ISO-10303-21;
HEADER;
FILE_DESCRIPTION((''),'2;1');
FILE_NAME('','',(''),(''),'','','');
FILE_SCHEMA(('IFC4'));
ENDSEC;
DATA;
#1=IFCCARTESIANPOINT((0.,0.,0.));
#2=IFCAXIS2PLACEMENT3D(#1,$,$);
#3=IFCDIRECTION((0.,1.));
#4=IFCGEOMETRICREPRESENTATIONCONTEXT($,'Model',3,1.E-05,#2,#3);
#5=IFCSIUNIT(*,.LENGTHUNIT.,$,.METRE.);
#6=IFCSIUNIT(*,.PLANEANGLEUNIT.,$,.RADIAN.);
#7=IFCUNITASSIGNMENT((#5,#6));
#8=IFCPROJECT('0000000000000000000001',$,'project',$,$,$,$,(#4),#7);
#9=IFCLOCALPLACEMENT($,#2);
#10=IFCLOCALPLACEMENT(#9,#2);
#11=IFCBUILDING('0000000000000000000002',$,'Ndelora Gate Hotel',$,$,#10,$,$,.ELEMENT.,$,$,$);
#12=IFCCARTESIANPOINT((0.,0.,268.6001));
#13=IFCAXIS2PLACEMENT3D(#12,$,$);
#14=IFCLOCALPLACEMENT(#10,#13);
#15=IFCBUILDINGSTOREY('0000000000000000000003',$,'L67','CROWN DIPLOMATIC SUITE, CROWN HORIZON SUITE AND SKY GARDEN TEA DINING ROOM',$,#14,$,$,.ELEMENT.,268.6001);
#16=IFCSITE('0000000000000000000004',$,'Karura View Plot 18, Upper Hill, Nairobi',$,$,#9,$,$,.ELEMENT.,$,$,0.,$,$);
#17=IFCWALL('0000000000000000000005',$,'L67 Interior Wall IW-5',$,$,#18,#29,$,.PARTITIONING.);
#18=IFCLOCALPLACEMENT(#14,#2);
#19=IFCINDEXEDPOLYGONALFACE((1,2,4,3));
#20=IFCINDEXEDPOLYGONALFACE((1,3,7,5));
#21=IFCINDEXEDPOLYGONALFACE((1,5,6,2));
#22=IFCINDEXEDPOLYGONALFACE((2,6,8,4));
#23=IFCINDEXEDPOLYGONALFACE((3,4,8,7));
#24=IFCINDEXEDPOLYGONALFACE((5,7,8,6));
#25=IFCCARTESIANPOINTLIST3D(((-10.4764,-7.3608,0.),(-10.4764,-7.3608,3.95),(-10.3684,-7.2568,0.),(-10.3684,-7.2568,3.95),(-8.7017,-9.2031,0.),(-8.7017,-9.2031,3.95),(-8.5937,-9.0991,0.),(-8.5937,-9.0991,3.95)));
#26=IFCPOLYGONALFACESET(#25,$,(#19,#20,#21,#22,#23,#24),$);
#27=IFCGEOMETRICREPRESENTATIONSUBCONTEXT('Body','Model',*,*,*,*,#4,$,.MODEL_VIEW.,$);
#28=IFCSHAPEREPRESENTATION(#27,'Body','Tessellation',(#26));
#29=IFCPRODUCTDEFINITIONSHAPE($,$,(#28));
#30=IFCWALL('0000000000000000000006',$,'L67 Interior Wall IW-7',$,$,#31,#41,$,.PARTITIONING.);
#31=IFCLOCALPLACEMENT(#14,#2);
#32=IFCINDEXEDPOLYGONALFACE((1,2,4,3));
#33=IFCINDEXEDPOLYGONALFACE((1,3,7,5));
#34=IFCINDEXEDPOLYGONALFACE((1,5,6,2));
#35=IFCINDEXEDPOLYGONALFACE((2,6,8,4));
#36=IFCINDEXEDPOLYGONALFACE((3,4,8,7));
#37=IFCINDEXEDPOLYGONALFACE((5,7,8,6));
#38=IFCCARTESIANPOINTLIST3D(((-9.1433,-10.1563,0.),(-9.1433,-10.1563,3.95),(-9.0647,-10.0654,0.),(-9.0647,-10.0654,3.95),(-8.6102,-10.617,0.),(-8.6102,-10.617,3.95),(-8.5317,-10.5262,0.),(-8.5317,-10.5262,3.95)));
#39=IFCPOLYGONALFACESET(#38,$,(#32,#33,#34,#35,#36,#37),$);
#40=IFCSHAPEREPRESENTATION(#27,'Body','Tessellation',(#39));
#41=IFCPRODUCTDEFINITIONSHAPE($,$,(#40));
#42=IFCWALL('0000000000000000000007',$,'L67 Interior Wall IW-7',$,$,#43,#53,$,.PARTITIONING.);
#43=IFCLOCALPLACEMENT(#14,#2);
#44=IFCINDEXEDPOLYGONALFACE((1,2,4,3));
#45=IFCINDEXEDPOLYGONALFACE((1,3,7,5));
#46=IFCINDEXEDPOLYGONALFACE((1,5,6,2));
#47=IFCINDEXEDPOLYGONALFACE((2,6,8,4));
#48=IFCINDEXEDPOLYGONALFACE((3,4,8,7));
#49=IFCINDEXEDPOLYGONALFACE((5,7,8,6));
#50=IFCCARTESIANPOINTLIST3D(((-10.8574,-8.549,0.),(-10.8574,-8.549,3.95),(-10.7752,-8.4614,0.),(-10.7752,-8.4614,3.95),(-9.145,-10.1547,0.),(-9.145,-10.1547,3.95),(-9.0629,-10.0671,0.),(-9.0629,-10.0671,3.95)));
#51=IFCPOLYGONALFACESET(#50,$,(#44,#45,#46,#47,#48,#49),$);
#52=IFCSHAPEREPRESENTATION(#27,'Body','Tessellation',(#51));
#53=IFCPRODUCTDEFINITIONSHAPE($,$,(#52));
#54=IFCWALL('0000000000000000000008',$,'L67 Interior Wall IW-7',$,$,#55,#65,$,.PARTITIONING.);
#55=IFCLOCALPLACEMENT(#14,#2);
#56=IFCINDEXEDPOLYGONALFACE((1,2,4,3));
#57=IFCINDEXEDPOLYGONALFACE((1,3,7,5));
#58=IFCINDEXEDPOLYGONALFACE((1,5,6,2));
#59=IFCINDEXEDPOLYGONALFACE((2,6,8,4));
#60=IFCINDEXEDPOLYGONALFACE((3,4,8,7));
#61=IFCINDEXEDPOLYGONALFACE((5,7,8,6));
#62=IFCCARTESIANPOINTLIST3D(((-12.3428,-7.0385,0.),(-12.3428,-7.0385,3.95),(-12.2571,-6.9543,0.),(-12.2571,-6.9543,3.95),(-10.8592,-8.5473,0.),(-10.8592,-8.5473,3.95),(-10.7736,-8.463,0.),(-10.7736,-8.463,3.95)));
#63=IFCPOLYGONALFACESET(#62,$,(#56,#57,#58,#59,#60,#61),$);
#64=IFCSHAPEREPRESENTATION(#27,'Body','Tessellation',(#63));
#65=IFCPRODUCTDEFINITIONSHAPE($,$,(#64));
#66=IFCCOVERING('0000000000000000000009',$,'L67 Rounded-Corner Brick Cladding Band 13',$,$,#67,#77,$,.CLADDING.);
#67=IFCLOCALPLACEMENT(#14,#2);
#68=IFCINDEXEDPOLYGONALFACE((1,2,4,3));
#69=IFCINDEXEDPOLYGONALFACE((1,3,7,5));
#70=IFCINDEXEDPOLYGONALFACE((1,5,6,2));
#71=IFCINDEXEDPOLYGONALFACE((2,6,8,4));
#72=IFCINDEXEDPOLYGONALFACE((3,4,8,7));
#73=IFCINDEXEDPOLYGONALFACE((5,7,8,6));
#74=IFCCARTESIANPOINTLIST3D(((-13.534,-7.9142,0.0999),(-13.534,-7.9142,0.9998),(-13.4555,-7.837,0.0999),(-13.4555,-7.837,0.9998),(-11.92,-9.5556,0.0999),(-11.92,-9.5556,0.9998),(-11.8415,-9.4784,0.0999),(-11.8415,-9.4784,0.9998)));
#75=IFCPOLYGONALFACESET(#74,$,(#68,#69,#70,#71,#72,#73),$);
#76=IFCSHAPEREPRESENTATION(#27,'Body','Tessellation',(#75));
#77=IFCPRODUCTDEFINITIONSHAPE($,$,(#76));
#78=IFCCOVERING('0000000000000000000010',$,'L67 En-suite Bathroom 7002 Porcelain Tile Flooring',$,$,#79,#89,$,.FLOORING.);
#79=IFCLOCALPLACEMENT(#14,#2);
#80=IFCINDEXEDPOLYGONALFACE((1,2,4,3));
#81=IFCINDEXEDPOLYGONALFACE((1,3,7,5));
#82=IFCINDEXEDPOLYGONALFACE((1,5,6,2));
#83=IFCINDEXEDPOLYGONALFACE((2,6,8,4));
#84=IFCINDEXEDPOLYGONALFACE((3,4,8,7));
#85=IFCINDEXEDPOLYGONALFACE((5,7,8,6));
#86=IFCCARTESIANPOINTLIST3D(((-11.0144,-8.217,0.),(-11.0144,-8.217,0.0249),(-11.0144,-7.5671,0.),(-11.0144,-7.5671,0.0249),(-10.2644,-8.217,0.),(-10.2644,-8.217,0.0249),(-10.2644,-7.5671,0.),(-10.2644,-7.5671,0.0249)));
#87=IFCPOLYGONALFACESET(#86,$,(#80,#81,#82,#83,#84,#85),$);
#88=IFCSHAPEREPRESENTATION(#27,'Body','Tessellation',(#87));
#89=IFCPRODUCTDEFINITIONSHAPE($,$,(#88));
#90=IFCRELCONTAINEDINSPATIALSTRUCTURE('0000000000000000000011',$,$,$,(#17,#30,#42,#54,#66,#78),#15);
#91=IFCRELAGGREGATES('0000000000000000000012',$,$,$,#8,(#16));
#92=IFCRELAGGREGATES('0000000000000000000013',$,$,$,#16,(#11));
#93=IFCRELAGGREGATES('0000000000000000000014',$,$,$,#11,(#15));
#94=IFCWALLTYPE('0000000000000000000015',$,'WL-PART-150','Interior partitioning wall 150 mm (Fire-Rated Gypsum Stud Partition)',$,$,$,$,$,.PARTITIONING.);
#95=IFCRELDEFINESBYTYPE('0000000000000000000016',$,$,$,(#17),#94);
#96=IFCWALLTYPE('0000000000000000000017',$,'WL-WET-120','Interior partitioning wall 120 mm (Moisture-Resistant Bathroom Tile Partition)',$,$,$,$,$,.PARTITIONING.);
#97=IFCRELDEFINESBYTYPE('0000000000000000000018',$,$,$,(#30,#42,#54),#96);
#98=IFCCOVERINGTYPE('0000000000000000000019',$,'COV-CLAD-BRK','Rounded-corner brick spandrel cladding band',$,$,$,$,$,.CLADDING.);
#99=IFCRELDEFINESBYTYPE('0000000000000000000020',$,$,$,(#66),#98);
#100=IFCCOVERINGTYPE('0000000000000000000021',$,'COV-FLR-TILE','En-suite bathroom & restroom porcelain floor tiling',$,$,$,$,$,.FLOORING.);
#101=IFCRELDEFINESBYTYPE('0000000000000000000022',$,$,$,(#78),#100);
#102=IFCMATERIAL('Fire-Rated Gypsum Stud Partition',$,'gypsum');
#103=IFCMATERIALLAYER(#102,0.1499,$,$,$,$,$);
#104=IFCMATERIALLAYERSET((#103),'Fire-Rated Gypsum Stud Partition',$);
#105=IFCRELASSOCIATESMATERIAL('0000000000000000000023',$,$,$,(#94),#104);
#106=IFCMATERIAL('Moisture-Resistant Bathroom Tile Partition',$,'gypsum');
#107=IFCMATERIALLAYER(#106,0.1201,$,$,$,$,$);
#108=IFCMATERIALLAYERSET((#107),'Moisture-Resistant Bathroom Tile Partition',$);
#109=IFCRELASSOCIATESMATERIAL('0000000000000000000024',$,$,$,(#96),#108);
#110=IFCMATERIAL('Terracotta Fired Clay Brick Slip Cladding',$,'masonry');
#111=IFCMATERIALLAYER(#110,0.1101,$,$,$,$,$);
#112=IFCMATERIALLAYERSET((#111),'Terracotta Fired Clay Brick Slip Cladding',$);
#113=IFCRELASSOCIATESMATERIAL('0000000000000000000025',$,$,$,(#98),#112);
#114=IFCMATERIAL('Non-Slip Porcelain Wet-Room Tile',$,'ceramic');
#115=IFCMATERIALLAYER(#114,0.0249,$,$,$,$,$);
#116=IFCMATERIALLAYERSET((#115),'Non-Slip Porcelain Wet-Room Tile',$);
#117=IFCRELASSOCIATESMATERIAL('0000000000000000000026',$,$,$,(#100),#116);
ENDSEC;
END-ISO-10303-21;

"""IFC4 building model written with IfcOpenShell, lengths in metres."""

from ifc_helpers import new_model, si_unit, direction, frame, frame_2d, origin, origin_2d, place, context, subcontext, project, spatial, rectangle, extrude, material, layer, layer_set, type_object, element, save


model = new_model("IFC4")

# Units and contexts
model_context = context("Model", 3, precision=1e-05, world=origin(), true_north=direction((0.0, 1.0)))
body_context = subcontext(model_context, "Body", "Model", "MODEL_VIEW")
ifc_project = project(units=[si_unit("LENGTHUNIT", "METRE"), si_unit("PLANEANGLEUNIT", "RADIAN")], contexts=[model_context])

# Site, building, storey
site_placement = place(None, origin())
site = spatial("IfcSite", under=ifc_project, at=site_placement, Name="Karura View Plot 18, Upper Hill, Nairobi", CompositionType="ELEMENT", RefElevation=0.0)
building_placement = place(site_placement, origin())
building = spatial("IfcBuilding", under=site, at=building_placement, Name="Ndelora Gate Hotel", CompositionType="ELEMENT")
storey_placement = place(building_placement, frame((0.0, 0.0, 268.6001)))
storey = spatial("IfcBuildingStorey", under=building, at=storey_placement, Name="L67", Description="CROWN DIPLOMATIC SUITE, CROWN HORIZON SUITE AND SKY GARDEN TEA DINING ROOM", CompositionType="ELEMENT", Elevation=268.6001)

# Shared definitions
ifc_material_1 = material(Name="Fire-Rated Gypsum Stud Partition", Category="gypsum")
ifc_layer_1 = layer(ifc_material_1, 0.1499)
ifc_layer_set_1 = layer_set([ifc_layer_1], Name="Fire-Rated Gypsum Stud Partition")
wall_type_1 = type_object("IfcWallType", Name="WL-PART-150", Description="Interior partitioning wall 150 mm (Fire-Rated Gypsum Stud Partition)", PredefinedType="PARTITIONING", material=ifc_layer_set_1)

# Walls
wall_1_placement = place(storey_placement, frame((-8.6477, -9.1511, 0.0), z_axis=(0.0, 0.0, 1.0), x_axis=(-0.693765, 0.720202, 0.0)))
element("IfcWall", 1, at=wall_1_placement, inside=storey, type_object=wall_type_1, Name="L67 Interior Wall IW-5", PredefinedType="PARTITIONING", context=body_context, shape_type="SweptSolid", body=[
    extrude(rectangle(XDim=2.5581, YDim=0.1499, at=frame_2d((1.2791, 0.0))), origin(), (0.0, 0.0, 1.0), 3.95),
])
ifc_material_2 = material(Name="Moisture-Resistant Bathroom Tile Partition", Category="gypsum")
ifc_layer_2 = layer(ifc_material_2, 0.1201)
ifc_layer_set_2 = layer_set([ifc_layer_2], Name="Moisture-Resistant Bathroom Tile Partition")
wall_type_2 = type_object("IfcWallType", Name="WL-WET-120", Description="Interior partitioning wall 120 mm (Moisture-Resistant Bathroom Tile Partition)", PredefinedType="PARTITIONING", material=ifc_layer_set_2)
wall_2_placement = place(storey_placement, frame((-9.104, -10.1108, 0.0), z_axis=(0.0, 0.0, 1.0), x_axis=(0.756535, -0.653954, 0.0)))
element("IfcWall", 2, at=wall_2_placement, inside=storey, type_object=wall_type_2, Name="L67 Interior Wall IW-7", PredefinedType="PARTITIONING", context=body_context, shape_type="SweptSolid", body=[
    extrude(rectangle(XDim=0.7046, YDim=0.1201, at=frame_2d((0.3523, 0.0))), origin(), (0.0, 0.0, 1.0), 3.95),
])
wall_3_placement = place(storey_placement, frame((-10.8164, -8.5051, 0.0), z_axis=(0.0, 0.0, 1.0), x_axis=(0.729466, -0.684017, 0.0)))
element("IfcWall", 3, at=wall_3_placement, inside=storey, type_object=wall_type_2, Name="L67 Interior Wall IW-7", PredefinedType="PARTITIONING", context=body_context, shape_type="SweptSolid", body=[
    extrude(rectangle(XDim=2.3474, YDim=0.1201, at=frame_2d((1.1738, 0.0))), origin(), (0.0, 0.0, 1.0), 3.95),
])
wall_4_placement = place(storey_placement, frame((-12.3, -6.9963, 0.0), z_axis=(0.0, 0.0, 1.0), x_axis=(0.70114, -0.713024, 0.0)))
element("IfcWall", 4, at=wall_4_placement, inside=storey, type_object=wall_type_2, Name="L67 Interior Wall IW-7", PredefinedType="PARTITIONING", context=body_context, shape_type="SweptSolid", body=[
    extrude(rectangle(XDim=2.116, YDim=0.1201, at=frame_2d((1.0581, 0.0))), origin(), (0.0, 0.0, 1.0), 3.95),
])

# Coverings
ifc_material_3 = material(Name="Terracotta Fired Clay Brick Slip Cladding", Category="masonry")
ifc_layer_3 = layer(ifc_material_3, 0.1101)
ifc_layer_set_3 = layer_set([ifc_layer_3], Name="Terracotta Fired Clay Brick Slip Cladding")
covering_type_1 = type_object("IfcCoveringType", Name="COV-CLAD-BRK", Description="Rounded-corner brick spandrel cladding band", PredefinedType="CLADDING", material=ifc_layer_set_3)
covering_1_placement = place(storey_placement, frame((-12.6877, -8.6963, 0.0999), z_axis=(0.0, 0.0, 1.0), x_axis=(-0.701158, 0.713006, 0.0)))
element("IfcCovering", 5, at=covering_1_placement, inside=storey, type_object=covering_type_1, Name="L67 Rounded-Corner Brick Cladding Band 13", PredefinedType="CLADDING", context=body_context, shape_type="SweptSolid", body=[
    extrude(rectangle(XDim=2.302, YDim=0.1101, at=origin_2d()), origin(), (0.0, 0.0, 1.0), 0.8999),
])
ifc_material_4 = material(Name="Non-Slip Porcelain Wet-Room Tile", Category="ceramic")
ifc_layer_4 = layer(ifc_material_4, 0.0249)
ifc_layer_set_4 = layer_set([ifc_layer_4], Name="Non-Slip Porcelain Wet-Room Tile")
covering_type_2 = type_object("IfcCoveringType", Name="COV-FLR-TILE", Description="En-suite bathroom & restroom porcelain floor tiling", PredefinedType="FLOORING", material=ifc_layer_set_4)
covering_2_placement = place(storey_placement, frame((-10.6394, -7.8921, 0.0), z_axis=(0.0, 0.0, 1.0), x_axis=(1.0, 0.0, 0.0)))
element("IfcCovering", 6, at=covering_2_placement, inside=storey, type_object=covering_type_2, Name="L67 En-suite Bathroom 7002 Porcelain Tile Flooring", PredefinedType="FLOORING", context=body_context, shape_type="SweptSolid", body=[
    extrude(rectangle(XDim=0.75, YDim=0.6499, at=origin_2d()), origin(), (0.0, 0.0, 1.0), 0.0249),
])

save(model, "model.ifc")
